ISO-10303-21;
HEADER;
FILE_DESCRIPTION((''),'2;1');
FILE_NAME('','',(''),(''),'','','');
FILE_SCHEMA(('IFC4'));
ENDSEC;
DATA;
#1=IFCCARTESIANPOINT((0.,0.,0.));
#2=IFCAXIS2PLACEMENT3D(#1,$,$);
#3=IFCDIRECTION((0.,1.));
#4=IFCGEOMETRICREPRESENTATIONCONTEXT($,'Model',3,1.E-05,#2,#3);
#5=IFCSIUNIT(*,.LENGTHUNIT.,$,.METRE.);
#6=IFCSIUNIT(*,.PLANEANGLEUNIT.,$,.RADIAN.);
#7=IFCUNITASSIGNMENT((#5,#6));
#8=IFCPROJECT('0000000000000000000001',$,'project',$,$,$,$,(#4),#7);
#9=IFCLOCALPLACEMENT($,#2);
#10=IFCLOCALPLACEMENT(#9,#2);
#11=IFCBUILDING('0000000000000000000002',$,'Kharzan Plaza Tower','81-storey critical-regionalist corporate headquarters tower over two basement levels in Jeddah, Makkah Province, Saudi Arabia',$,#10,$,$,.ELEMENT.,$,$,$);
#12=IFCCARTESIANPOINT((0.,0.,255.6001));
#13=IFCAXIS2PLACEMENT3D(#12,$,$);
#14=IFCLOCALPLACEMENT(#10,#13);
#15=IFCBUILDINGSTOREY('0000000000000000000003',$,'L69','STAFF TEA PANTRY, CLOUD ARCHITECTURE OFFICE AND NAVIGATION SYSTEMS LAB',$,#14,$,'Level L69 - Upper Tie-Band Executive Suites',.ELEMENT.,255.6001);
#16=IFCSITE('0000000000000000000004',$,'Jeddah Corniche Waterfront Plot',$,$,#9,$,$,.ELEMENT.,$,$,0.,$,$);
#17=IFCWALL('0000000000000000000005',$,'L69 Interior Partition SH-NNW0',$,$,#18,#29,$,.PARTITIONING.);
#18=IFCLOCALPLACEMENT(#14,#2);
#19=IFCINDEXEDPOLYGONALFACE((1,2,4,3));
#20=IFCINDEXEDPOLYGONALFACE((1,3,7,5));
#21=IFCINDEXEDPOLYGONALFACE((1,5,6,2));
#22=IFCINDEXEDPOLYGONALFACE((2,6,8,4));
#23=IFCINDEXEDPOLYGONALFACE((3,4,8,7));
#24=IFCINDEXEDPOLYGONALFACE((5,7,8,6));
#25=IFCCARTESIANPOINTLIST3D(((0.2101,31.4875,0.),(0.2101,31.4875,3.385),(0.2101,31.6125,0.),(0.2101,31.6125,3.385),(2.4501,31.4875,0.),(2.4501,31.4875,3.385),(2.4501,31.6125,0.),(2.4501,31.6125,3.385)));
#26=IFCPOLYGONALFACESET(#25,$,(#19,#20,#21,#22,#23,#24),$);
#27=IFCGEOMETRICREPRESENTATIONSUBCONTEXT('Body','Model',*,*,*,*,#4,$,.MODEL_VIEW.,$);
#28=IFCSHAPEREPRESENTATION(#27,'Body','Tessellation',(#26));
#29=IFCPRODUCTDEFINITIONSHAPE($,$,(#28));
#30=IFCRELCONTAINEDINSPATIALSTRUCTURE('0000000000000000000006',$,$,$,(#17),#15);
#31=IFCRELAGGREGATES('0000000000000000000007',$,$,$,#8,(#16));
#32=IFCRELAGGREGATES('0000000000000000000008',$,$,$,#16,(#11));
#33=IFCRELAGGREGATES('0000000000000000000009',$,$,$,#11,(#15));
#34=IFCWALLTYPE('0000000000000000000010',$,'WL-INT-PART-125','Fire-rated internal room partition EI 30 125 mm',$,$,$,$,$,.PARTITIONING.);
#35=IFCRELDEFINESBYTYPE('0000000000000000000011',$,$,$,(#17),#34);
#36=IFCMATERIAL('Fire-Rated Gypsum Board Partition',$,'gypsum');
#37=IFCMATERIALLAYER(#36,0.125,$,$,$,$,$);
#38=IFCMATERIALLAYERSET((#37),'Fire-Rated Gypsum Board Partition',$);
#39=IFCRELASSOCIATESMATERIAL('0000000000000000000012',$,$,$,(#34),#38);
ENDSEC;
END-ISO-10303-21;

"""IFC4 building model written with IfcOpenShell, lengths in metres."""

from ifc_helpers import new_model, si_unit, direction, frame, frame_2d, origin, place, context, subcontext, project, spatial, rectangle, extrude, source, transform, mapped, material, layer, layer_set, type_object, element, save


model = new_model("IFC4")

# Units and contexts
model_context = context("Model", 3, precision=1e-05, world=origin(), true_north=direction((0.0, 1.0)))
body_context = subcontext(model_context, "Body", "Model", "MODEL_VIEW")
ifc_project = project(units=[si_unit("LENGTHUNIT", "METRE"), si_unit("PLANEANGLEUNIT", "RADIAN")], contexts=[model_context])

# Site, building, storey
site_placement = place(None, origin())
site = spatial("IfcSite", under=ifc_project, at=site_placement, Name="Jeddah Corniche Waterfront Plot", CompositionType="ELEMENT", RefElevation=0.0)
building_placement = place(site_placement, origin())
building = spatial("IfcBuilding", under=site, at=building_placement, Name="Kharzan Plaza Tower", Description="81-storey critical-regionalist corporate headquarters tower over two basement levels in Jeddah, Makkah Province, Saudi Arabia", CompositionType="ELEMENT")
storey_placement = place(building_placement, frame((0.0, 0.0, 255.6001)))
storey = spatial("IfcBuildingStorey", under=building, at=storey_placement, Name="L69", Description="STAFF TEA PANTRY, CLOUD ARCHITECTURE OFFICE AND NAVIGATION SYSTEMS LAB", LongName="Level L69 - Upper Tie-Band Executive Suites", CompositionType="ELEMENT", Elevation=255.6001)

# Wall
ifc_material_1 = material(Name="Fire-Rated Gypsum Board Partition", Category="gypsum")
ifc_layer_1 = layer(ifc_material_1, 0.125)
ifc_layer_set_1 = layer_set([ifc_layer_1], Name="Fire-Rated Gypsum Board Partition")
wall_type_1 = type_object("IfcWallType", Name="WL-INT-PART-125", Description="Fire-rated internal room partition EI 30 125 mm", PredefinedType="PARTITIONING", material=ifc_layer_set_1)
shared_shape_1 = source(origin(), body_context, "Body", "SweptSolid", [
    extrude(rectangle(XDim=2.24, YDim=0.125, at=frame_2d((1.1201, 0.0))), origin(), (0.0, 0.0, 1.0), 3.385),
])
wall_1_placement = place(storey_placement, frame((0.21, 31.55, 0.0), z_axis=(0.0, 0.0, 1.0), x_axis=(1.0, 0.0, 0.0)))
element("IfcWall", 1, at=wall_1_placement, inside=storey, type_object=wall_type_1, Name="L69 Interior Partition SH-NNW0", PredefinedType="PARTITIONING", context=body_context, shape_type="MappedRepresentation", body=[
    mapped(shared_shape_1, transform((0.0, 0.0, 0.0), x_axis=(1.0, 0.0, 0.0), y_axis=(0.0, 1.0, 0.0), z_axis=(0.0, 0.0, 1.0))),
])

save(model, "model.ifc")
